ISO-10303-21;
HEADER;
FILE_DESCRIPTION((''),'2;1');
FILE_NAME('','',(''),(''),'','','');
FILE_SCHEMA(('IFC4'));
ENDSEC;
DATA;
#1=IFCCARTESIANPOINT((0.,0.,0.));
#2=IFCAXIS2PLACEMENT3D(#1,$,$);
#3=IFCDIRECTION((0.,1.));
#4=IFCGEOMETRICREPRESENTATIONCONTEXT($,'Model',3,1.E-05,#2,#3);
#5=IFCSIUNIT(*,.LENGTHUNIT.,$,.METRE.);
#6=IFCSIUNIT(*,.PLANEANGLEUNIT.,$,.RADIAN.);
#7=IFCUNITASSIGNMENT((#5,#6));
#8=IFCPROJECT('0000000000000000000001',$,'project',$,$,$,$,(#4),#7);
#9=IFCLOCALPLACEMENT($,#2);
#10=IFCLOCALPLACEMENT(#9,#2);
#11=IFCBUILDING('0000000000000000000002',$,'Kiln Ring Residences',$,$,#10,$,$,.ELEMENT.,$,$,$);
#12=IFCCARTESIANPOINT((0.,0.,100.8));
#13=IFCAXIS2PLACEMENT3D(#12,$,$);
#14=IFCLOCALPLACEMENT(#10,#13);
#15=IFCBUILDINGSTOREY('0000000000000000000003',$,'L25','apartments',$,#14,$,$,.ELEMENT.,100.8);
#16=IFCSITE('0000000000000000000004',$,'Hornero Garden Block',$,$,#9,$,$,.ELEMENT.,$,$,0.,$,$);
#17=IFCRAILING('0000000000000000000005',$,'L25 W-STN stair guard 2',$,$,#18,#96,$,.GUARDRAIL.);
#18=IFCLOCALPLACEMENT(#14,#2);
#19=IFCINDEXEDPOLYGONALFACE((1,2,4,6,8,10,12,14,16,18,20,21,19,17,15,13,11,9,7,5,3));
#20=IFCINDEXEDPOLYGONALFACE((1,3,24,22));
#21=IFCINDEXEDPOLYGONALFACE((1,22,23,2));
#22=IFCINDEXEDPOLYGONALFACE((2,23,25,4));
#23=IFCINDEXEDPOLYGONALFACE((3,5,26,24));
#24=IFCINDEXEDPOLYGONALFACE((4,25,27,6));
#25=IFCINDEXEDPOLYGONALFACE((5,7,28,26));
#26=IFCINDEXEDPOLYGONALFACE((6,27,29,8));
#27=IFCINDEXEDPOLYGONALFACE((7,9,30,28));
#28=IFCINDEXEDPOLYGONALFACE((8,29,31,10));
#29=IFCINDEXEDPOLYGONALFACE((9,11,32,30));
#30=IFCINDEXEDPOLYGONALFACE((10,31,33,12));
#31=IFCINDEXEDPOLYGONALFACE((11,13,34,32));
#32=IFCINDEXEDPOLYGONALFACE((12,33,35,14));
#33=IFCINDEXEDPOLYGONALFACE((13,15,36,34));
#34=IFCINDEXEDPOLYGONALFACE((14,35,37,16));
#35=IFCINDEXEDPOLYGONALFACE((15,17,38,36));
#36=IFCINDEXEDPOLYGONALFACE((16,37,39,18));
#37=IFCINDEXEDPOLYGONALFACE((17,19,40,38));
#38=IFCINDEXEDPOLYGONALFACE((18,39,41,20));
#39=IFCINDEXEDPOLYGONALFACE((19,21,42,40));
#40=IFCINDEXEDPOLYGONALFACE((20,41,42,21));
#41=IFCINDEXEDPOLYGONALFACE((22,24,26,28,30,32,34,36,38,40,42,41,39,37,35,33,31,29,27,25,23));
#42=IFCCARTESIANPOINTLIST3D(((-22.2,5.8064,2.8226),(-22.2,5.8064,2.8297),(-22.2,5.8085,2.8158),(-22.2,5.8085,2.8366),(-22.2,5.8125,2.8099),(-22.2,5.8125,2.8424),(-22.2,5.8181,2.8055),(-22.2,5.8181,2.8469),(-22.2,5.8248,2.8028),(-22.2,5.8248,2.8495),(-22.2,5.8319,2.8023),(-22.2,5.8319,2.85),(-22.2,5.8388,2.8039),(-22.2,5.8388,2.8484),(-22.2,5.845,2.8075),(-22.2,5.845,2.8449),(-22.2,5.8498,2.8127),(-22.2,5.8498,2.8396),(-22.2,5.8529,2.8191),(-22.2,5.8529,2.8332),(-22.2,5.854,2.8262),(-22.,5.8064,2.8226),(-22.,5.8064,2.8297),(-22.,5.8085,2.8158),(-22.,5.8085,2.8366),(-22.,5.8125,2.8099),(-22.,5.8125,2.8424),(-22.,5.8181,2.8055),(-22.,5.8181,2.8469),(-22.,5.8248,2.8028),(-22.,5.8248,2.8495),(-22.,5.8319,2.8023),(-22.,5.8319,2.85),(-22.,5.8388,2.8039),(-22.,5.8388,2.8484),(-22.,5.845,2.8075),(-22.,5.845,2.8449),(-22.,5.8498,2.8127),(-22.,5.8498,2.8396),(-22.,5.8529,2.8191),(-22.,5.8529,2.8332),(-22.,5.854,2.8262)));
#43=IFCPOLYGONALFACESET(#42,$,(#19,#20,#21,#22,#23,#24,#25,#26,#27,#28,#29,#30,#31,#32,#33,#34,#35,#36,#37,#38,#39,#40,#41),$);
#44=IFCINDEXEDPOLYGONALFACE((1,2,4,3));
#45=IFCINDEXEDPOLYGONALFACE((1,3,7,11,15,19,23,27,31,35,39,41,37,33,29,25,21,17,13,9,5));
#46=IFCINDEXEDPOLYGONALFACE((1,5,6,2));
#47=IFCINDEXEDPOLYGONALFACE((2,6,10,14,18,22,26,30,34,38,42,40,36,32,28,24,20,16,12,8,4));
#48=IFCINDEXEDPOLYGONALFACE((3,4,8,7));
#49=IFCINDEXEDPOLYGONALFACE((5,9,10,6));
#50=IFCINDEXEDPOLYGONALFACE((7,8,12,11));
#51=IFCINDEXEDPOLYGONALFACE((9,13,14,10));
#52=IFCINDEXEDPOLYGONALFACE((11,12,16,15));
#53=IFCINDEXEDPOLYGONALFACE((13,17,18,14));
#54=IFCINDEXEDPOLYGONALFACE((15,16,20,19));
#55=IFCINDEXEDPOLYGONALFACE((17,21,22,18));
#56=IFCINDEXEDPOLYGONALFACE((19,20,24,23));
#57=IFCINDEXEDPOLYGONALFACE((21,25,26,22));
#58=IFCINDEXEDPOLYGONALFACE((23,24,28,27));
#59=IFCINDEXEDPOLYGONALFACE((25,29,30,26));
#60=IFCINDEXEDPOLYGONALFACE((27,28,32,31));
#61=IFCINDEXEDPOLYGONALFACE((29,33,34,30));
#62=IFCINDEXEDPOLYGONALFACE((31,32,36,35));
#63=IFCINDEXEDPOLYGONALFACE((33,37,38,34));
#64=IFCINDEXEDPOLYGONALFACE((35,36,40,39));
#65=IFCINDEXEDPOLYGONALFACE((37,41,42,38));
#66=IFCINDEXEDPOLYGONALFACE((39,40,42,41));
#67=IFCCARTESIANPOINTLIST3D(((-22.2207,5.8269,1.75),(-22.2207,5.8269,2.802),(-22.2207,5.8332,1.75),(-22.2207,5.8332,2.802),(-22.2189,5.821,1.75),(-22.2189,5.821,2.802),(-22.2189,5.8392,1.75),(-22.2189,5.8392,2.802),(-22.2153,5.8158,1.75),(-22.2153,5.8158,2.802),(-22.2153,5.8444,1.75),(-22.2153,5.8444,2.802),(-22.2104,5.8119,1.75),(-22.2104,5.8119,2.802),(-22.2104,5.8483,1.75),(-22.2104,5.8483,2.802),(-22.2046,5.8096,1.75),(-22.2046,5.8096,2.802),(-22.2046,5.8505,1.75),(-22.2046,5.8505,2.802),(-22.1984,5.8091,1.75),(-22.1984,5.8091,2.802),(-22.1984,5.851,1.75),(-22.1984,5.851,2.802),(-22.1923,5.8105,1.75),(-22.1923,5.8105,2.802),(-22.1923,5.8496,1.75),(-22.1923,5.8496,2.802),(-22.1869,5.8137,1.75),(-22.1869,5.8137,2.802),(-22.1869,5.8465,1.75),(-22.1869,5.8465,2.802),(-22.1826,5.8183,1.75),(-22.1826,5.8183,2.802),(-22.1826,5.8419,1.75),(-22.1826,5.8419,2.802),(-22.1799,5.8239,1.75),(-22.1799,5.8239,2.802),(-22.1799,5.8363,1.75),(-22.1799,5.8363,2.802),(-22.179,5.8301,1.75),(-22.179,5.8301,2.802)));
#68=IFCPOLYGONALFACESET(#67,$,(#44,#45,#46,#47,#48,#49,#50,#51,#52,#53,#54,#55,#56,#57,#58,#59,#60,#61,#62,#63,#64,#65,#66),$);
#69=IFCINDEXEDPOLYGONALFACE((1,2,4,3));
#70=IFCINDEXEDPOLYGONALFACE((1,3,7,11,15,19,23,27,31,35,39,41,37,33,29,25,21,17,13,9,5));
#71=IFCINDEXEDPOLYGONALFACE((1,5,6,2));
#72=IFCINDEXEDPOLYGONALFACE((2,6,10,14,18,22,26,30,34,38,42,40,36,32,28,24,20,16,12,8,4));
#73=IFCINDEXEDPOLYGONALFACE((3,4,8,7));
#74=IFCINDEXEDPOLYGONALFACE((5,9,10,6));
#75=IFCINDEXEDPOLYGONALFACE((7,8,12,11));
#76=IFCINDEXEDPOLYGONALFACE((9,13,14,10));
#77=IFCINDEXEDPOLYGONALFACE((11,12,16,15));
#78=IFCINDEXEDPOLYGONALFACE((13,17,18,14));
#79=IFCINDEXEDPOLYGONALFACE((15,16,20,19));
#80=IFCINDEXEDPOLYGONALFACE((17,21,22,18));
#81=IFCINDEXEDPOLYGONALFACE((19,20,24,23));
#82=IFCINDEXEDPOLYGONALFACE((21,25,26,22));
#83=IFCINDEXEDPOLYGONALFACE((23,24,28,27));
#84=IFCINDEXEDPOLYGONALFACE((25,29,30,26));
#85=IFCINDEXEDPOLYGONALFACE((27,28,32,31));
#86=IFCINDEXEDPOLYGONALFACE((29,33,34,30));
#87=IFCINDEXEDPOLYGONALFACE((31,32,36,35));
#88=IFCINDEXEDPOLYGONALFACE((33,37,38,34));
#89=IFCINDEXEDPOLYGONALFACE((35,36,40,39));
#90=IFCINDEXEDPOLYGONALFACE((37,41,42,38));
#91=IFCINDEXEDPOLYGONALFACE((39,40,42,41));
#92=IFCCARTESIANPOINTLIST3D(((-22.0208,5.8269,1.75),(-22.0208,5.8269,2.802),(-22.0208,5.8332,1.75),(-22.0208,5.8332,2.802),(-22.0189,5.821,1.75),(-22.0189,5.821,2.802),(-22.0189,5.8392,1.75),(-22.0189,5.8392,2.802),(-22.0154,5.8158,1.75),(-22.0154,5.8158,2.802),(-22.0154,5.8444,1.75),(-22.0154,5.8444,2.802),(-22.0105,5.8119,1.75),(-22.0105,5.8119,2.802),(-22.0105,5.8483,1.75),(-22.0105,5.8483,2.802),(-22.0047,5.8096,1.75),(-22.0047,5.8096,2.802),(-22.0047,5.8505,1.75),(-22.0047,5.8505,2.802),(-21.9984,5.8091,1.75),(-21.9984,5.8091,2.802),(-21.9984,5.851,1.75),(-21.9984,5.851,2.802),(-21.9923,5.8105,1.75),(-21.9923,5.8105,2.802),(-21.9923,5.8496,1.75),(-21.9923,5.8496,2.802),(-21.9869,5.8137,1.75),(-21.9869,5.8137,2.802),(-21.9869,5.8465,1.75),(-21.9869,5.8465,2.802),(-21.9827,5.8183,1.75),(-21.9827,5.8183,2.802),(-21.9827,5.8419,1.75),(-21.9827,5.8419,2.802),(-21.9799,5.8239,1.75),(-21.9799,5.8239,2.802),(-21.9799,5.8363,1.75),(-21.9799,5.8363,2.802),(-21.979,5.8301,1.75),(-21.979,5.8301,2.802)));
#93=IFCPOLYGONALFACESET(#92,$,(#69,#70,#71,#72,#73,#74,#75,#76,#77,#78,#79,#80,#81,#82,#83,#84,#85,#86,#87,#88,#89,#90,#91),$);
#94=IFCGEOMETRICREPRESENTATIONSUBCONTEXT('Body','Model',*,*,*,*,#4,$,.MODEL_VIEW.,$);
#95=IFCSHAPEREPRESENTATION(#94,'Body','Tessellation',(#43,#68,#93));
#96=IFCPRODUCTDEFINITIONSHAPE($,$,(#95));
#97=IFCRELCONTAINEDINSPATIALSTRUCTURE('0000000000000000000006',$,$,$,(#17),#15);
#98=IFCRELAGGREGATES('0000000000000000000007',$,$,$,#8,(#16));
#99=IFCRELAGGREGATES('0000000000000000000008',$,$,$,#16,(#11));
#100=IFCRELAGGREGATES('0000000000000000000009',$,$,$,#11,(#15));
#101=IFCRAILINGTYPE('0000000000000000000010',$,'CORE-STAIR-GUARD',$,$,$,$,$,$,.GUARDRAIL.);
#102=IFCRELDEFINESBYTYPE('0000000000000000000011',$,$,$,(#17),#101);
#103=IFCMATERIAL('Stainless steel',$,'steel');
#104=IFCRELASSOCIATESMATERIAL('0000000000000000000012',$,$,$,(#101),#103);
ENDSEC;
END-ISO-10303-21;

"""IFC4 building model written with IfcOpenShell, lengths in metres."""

from ifc_helpers import new_model, si_unit, direction, frame, origin, origin_2d, place, context, subcontext, project, spatial, circle, extrude, material, type_object, element, save


model = new_model("IFC4")

# Units and contexts
model_context = context("Model", 3, precision=1e-05, world=origin(), true_north=direction((0.0, 1.0)))
body_context = subcontext(model_context, "Body", "Model", "MODEL_VIEW")
ifc_project = project(units=[si_unit("LENGTHUNIT", "METRE"), si_unit("PLANEANGLEUNIT", "RADIAN")], contexts=[model_context])

# Site, building, storey
site_placement = place(None, origin())
site = spatial("IfcSite", under=ifc_project, at=site_placement, Name="Hornero Garden Block", CompositionType="ELEMENT", RefElevation=0.0)
building_placement = place(site_placement, origin())
building = spatial("IfcBuilding", under=site, at=building_placement, Name="Kiln Ring Residences", CompositionType="ELEMENT")
storey_placement = place(building_placement, frame((0.0, 0.0, 100.8)))
storey = spatial("IfcBuildingStorey", under=building, at=storey_placement, Name="L25", Description="apartments", CompositionType="ELEMENT", Elevation=100.8)

# Railing
ifc_material_1 = material(Name="Stainless steel", Category="steel")
railing_type_1 = type_object("IfcRailingType", Name="CORE-STAIR-GUARD", PredefinedType="GUARDRAIL", material=ifc_material_1)
railing_1_placement = place(storey_placement, frame((-22.2, 5.8301, 1.75)))
element("IfcRailing", 1, at=railing_1_placement, inside=storey, type_object=railing_type_1, Name="L25 W-STN stair guard 2", PredefinedType="GUARDRAIL", context=body_context, shape_type="SweptSolid", body=[
    extrude(circle(Radius=0.0239, at=origin_2d()), frame((0.0, 0.0, 1.0762), z_axis=(1.0, 0.0, 0.0), x_axis=(0.0, 1.0, 0.0)), (0.0, 0.0, 1.0), 0.2),
    extrude(circle(Radius=0.021, at=origin_2d()), origin(), (0.0, 0.0, 1.0), 1.052),
    extrude(circle(Radius=0.021, at=origin_2d()), frame((0.2, 0.0, 0.0)), (0.0, 0.0, 1.0), 1.052),
])

save(model, "model.ifc")
